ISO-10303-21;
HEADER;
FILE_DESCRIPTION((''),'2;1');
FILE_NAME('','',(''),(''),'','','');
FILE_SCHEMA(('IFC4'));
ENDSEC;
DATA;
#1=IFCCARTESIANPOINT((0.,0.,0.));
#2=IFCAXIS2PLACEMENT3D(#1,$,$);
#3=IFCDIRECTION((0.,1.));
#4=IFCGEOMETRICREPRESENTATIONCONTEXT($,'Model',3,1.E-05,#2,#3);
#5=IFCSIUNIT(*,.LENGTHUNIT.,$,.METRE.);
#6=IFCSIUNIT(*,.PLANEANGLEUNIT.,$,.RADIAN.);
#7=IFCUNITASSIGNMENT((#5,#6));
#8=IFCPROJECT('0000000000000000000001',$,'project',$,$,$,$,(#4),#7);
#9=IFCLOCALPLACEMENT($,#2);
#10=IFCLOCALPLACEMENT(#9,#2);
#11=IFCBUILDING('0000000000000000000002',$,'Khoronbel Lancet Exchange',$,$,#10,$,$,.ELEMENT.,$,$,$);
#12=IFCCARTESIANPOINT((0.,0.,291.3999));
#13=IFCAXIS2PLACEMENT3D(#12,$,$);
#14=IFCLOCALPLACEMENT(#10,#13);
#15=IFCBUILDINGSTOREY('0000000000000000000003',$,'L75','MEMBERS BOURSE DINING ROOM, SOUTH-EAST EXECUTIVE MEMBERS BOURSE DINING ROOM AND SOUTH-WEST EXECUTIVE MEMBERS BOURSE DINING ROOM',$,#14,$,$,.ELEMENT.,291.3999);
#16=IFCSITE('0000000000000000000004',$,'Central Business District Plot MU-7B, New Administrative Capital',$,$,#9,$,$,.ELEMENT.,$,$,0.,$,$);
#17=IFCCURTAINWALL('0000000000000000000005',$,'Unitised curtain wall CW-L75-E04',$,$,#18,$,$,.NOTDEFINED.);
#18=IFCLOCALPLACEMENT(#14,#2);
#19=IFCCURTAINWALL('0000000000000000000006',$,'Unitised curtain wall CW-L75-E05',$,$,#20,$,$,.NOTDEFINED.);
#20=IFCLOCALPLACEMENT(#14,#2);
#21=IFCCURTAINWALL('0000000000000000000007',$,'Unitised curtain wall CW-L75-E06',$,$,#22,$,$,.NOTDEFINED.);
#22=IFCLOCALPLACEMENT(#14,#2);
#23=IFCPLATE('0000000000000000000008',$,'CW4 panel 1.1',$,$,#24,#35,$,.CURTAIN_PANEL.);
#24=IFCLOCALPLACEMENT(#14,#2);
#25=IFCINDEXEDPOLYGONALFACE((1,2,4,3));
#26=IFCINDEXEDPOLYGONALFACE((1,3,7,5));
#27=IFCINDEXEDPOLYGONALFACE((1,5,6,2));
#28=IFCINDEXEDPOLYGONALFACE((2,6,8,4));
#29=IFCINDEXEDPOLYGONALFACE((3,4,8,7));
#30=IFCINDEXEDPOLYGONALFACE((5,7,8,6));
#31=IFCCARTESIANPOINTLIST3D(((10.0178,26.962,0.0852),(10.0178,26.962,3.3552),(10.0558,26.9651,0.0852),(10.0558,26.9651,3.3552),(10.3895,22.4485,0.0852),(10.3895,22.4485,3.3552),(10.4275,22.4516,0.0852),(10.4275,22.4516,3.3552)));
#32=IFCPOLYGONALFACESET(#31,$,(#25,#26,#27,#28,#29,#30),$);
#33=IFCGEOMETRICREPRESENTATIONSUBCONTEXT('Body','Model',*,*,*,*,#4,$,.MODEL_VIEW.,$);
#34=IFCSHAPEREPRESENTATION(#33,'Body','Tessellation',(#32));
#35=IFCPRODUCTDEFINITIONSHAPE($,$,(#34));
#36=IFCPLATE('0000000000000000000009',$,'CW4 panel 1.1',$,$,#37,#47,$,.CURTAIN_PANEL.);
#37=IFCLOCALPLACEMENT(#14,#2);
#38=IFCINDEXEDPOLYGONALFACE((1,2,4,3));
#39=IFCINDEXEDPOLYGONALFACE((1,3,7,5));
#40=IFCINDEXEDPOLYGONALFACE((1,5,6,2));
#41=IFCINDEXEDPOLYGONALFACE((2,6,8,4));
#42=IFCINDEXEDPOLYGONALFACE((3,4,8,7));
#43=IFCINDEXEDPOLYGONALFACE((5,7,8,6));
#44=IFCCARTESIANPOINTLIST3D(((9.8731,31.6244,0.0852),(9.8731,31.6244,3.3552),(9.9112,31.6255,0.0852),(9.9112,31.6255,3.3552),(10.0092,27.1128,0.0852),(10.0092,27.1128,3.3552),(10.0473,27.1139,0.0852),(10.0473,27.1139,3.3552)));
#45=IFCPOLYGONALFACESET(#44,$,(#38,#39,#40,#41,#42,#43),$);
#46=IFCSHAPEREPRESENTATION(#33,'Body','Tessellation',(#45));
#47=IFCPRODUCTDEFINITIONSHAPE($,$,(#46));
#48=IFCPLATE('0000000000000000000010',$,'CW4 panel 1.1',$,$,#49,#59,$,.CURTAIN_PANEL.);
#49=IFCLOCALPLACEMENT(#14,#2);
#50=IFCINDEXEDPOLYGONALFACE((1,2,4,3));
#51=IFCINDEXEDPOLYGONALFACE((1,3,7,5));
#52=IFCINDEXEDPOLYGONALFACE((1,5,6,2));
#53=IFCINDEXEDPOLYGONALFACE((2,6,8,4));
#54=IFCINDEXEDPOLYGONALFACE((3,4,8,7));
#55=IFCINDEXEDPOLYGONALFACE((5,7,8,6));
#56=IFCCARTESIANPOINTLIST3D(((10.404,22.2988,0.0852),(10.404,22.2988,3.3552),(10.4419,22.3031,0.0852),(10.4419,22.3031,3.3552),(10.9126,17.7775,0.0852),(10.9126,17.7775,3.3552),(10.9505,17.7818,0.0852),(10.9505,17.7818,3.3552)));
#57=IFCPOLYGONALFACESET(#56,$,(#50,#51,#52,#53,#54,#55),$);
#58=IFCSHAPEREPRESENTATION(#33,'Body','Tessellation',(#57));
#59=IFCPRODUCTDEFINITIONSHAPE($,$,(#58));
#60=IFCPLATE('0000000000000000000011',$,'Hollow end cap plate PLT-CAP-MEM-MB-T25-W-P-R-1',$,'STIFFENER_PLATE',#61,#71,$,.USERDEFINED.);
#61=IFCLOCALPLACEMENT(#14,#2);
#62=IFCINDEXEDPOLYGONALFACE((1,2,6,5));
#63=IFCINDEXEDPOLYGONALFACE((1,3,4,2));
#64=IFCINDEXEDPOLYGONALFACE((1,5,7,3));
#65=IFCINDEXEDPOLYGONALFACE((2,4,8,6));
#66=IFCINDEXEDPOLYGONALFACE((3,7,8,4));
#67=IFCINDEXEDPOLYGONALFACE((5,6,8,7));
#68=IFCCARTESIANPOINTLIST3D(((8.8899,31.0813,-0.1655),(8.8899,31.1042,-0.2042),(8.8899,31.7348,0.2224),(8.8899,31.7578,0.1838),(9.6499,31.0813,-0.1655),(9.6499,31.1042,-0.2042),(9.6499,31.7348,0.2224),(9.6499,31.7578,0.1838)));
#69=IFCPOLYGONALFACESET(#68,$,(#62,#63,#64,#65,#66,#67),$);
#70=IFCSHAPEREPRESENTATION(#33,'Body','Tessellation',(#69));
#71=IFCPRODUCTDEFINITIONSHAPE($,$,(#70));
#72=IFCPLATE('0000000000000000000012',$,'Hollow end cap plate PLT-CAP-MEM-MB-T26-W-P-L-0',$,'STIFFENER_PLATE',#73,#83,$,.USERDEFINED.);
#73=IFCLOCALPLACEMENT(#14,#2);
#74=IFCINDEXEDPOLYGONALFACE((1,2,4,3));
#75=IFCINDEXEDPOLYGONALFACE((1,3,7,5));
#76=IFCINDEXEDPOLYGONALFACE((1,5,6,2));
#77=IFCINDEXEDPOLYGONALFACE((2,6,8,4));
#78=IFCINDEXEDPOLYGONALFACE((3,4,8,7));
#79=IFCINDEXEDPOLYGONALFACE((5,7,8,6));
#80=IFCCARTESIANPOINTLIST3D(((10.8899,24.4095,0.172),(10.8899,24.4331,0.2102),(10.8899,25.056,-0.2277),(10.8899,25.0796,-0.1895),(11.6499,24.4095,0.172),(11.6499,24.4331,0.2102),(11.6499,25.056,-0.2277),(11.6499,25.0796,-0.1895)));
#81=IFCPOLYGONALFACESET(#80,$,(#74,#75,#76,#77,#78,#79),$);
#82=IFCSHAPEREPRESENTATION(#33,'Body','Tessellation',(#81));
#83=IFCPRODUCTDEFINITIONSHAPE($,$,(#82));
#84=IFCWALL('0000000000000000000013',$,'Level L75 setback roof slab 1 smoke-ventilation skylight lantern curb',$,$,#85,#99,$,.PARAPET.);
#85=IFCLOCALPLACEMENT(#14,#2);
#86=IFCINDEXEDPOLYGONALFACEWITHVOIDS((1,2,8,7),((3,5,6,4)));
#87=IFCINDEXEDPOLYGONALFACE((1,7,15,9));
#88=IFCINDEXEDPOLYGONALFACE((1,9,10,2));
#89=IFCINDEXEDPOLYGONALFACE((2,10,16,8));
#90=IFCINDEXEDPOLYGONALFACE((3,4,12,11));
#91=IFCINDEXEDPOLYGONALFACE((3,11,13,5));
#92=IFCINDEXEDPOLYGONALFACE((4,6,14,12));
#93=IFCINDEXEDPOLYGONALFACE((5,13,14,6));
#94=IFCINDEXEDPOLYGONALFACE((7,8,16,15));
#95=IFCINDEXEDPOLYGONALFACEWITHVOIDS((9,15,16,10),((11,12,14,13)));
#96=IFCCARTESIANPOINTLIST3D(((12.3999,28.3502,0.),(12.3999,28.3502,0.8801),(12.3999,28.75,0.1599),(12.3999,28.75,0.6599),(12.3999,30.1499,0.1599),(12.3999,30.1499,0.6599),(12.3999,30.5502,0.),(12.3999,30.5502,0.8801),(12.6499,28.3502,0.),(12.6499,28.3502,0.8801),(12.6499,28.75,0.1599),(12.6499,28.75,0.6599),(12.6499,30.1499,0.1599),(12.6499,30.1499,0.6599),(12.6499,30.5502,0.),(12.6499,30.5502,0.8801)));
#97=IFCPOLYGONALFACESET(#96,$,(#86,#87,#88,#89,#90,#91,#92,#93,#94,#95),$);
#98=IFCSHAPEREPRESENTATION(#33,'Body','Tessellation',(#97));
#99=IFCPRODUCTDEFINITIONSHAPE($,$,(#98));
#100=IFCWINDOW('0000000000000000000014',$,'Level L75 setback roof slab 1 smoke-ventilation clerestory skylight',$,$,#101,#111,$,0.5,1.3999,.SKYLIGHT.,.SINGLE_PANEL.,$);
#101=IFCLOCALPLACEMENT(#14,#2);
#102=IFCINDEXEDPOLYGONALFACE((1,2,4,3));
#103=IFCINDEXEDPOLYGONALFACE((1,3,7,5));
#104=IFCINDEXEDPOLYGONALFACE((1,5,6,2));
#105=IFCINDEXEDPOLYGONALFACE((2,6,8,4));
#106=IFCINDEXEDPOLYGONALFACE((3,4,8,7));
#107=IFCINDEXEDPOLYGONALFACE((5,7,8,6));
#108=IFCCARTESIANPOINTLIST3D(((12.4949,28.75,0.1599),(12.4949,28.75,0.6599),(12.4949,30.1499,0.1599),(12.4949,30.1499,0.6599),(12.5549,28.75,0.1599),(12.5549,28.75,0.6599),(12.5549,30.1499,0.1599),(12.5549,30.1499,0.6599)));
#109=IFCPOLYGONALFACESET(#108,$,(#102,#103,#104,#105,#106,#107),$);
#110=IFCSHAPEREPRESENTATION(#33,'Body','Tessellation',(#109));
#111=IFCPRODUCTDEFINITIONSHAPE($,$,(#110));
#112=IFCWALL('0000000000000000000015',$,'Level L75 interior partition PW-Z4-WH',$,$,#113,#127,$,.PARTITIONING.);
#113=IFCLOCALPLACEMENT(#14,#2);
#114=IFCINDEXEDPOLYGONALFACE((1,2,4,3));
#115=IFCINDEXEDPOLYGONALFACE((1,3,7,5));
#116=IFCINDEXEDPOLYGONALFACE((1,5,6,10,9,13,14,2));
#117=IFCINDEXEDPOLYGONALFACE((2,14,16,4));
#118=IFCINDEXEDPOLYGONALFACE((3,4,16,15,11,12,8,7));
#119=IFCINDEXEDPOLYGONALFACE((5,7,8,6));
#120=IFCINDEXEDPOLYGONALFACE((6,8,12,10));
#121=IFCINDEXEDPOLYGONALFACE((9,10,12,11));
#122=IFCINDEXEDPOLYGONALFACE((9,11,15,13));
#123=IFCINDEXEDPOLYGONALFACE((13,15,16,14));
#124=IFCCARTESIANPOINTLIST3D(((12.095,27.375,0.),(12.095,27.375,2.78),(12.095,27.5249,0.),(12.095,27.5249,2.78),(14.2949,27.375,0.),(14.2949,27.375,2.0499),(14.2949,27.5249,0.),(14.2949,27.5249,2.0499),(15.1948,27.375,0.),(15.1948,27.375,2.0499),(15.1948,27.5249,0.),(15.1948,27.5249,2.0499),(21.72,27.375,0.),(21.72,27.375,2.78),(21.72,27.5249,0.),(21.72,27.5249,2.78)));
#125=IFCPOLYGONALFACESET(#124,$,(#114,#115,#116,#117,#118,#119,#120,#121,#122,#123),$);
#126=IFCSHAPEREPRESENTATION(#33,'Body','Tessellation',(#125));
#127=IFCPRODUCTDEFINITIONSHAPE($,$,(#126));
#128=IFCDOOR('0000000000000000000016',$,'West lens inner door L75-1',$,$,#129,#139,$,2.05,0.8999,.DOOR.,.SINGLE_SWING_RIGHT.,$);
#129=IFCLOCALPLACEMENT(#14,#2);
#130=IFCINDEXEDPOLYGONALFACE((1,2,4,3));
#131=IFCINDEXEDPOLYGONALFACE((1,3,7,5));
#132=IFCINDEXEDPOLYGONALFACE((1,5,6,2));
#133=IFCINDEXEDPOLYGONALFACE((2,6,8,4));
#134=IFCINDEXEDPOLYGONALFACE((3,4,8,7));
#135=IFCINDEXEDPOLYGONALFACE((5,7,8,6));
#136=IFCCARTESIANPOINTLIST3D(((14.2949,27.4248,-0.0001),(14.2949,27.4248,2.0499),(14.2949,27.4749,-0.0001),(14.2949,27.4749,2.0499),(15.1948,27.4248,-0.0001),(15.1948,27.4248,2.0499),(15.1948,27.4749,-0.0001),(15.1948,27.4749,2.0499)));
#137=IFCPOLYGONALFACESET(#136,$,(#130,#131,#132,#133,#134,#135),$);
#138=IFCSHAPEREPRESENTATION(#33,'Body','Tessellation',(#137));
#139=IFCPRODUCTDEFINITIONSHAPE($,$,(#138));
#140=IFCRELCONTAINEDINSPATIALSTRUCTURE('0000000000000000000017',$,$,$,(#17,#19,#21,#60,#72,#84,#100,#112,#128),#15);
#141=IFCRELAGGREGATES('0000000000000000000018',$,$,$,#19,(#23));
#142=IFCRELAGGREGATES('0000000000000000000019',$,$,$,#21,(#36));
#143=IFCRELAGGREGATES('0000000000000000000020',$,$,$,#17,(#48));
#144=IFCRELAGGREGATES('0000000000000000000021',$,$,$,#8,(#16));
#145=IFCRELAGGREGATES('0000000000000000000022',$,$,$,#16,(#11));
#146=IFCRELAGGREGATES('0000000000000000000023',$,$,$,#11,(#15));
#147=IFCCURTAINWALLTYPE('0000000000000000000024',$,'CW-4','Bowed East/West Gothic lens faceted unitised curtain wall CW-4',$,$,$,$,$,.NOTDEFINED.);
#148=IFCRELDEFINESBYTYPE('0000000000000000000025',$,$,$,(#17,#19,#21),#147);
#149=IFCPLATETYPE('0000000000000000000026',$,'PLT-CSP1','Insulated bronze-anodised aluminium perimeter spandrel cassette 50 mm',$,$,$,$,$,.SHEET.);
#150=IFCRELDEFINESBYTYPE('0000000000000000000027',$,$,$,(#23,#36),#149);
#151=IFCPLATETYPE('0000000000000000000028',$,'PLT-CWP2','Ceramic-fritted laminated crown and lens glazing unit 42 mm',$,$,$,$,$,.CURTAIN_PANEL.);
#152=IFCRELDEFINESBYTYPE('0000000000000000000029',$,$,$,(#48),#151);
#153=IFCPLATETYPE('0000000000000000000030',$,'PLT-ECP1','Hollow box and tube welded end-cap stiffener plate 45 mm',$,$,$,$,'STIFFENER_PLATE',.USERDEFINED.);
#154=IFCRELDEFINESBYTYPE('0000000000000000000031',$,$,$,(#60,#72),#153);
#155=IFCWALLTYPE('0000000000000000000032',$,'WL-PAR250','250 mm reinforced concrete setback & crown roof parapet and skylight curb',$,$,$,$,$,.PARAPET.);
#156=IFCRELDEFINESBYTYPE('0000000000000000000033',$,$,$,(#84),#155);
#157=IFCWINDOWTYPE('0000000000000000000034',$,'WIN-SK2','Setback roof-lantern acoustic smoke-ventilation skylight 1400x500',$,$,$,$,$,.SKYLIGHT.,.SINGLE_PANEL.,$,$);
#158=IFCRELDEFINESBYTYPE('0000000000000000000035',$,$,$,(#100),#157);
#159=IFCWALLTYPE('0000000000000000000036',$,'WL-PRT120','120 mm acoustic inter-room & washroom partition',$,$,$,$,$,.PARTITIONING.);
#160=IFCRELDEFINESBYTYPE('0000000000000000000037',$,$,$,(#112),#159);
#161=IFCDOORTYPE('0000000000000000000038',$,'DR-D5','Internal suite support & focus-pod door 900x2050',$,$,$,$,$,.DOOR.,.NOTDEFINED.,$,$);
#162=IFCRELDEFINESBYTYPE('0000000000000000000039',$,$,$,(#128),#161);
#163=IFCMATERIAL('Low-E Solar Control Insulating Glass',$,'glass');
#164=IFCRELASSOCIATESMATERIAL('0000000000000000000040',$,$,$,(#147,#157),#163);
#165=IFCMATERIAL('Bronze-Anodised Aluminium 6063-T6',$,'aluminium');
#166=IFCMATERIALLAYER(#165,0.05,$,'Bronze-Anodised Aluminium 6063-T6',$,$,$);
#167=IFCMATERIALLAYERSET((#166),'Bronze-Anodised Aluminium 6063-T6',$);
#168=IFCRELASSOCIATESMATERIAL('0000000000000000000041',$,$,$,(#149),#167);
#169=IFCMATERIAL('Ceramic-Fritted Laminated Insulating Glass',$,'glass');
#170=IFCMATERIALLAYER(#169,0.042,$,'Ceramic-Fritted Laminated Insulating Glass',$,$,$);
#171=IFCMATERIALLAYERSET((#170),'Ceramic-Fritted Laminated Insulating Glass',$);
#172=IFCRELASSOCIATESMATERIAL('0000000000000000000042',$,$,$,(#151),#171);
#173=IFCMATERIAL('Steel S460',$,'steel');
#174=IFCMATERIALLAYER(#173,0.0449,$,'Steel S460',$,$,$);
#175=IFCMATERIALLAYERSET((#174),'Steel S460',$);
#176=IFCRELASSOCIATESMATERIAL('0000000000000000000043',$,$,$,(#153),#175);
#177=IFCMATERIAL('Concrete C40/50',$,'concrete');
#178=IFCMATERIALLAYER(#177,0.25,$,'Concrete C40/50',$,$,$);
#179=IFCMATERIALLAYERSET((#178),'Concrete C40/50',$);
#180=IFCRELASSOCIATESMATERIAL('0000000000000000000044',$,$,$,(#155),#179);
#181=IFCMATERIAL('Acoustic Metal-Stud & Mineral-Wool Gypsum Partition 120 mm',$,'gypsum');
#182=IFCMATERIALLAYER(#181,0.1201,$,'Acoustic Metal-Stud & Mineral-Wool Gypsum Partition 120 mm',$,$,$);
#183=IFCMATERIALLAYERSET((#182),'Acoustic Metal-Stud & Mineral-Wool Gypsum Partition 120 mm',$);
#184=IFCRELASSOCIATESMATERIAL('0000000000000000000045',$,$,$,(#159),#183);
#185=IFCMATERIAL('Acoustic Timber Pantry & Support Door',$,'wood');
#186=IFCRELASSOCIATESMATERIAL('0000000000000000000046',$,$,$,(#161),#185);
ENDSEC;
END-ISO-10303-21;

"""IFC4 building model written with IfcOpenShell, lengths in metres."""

from ifc_helpers import new_model, si_unit, direction, frame, frame_2d, origin, origin_2d, place, context, subcontext, project, spatial, polyline, rectangle, outline, extrude, material, layer, layer_set, type_object, element, fill, aggregate, save


model = new_model("IFC4")

# Units and contexts
model_context = context("Model", 3, precision=1e-05, world=origin(), true_north=direction((0.0, 1.0)))
body_context = subcontext(model_context, "Body", "Model", "MODEL_VIEW")
ifc_project = project(units=[si_unit("LENGTHUNIT", "METRE"), si_unit("PLANEANGLEUNIT", "RADIAN")], contexts=[model_context])

# Site, building, storey
site_placement = place(None, origin())
site = spatial("IfcSite", under=ifc_project, at=site_placement, Name="Central Business District Plot MU-7B, New Administrative Capital", CompositionType="ELEMENT", RefElevation=0.0)
building_placement = place(site_placement, origin())
building = spatial("IfcBuilding", under=site, at=building_placement, Name="Khoronbel Lancet Exchange", CompositionType="ELEMENT")
storey_placement = place(building_placement, frame((0.0, 0.0, 291.3999)))
storey = spatial("IfcBuildingStorey", under=building, at=storey_placement, Name="L75", Description="MEMBERS BOURSE DINING ROOM, SOUTH-EAST EXECUTIVE MEMBERS BOURSE DINING ROOM AND SOUTH-WEST EXECUTIVE MEMBERS BOURSE DINING ROOM", CompositionType="ELEMENT", Elevation=291.3999)

# Curtain walls
ifc_material_1 = material(Name="Low-E Solar Control Insulating Glass", Category="glass")
curtain_wall_type = type_object("IfcCurtainWallType", Name="CW-4", Description="Bowed East/West Gothic lens faceted unitised curtain wall CW-4", PredefinedType="NOTDEFINED", material=ifc_material_1)
curtain_wall_1_placement = place(storey_placement, origin())
curtain_wall_1 = element("IfcCurtainWall", 1, at=curtain_wall_1_placement, inside=storey, type_object=curtain_wall_type, Name="Unitised curtain wall CW-L75-E04", PredefinedType="NOTDEFINED")
ifc_material_2 = material(Name="Bronze-Anodised Aluminium 6063-T6", Category="aluminium")
curtain_wall_2_placement = place(storey_placement, origin())
curtain_wall_2 = element("IfcCurtainWall", 2, at=curtain_wall_2_placement, inside=storey, type_object=curtain_wall_type, Name="Unitised curtain wall CW-L75-E05", PredefinedType="NOTDEFINED")
curtain_wall_3_placement = place(storey_placement, origin())
curtain_wall_3 = element("IfcCurtainWall", 3, at=curtain_wall_3_placement, inside=storey, type_object=curtain_wall_type, Name="Unitised curtain wall CW-L75-E06", PredefinedType="NOTDEFINED")

# Shared definitions
ifc_material_3 = material(Name="Steel S460", Category="steel")

# Plates
ifc_layer_1 = layer(ifc_material_2, 0.05, Name="Bronze-Anodised Aluminium 6063-T6")
ifc_layer_set_1 = layer_set([ifc_layer_1], Name="Bronze-Anodised Aluminium 6063-T6")
plate_type_1 = type_object("IfcPlateType", Name="PLT-CSP1", Description="Insulated bronze-anodised aluminium perimeter spandrel cassette 50 mm", PredefinedType="SHEET", material=ifc_layer_set_1)
plate_1_placement = place(storey_placement, frame((10.2227, 24.7068, 0.0852), z_axis=(0.0, 0.0, 1.0), x_axis=(-0.082073, 0.996626, 0.0)))
plate_1 = element("IfcPlate", 4, at=plate_1_placement, type_object=plate_type_1, Name="CW4 panel 1.1", PredefinedType="CURTAIN_PANEL", context=body_context, shape_type="SweptSolid", body=[
    extrude(rectangle(XDim=4.5288, YDim=0.0381, at=origin_2d()), origin(), (0.0, 0.0, 1.0), 3.27),
])
aggregate(curtain_wall_2, [plate_1])
plate_2_placement = place(storey_placement, frame((9.9602, 29.3691, 0.0852), z_axis=(0.0, 0.0, 1.0), x_axis=(-0.030148, 0.999545, 0.0)))
plate_2 = element("IfcPlate", 5, at=plate_2_placement, type_object=plate_type_1, Name="CW4 panel 1.1", PredefinedType="CURTAIN_PANEL", context=body_context, shape_type="SweptSolid", body=[
    extrude(rectangle(XDim=4.5137, YDim=0.0381, at=origin_2d()), origin(), (0.0, 0.0, 1.0), 3.27),
])
aggregate(curtain_wall_3, [plate_2])
ifc_material_4 = material(Name="Ceramic-Fritted Laminated Insulating Glass", Category="glass")
ifc_layer_2 = layer(ifc_material_4, 0.042, Name="Ceramic-Fritted Laminated Insulating Glass")
ifc_layer_set_2 = layer_set([ifc_layer_2], Name="Ceramic-Fritted Laminated Insulating Glass")
plate_type_2 = type_object("IfcPlateType", Name="PLT-CWP2", Description="Ceramic-fritted laminated crown and lens glazing unit 42 mm", PredefinedType="CURTAIN_PANEL", material=ifc_layer_set_2)
plate_3_placement = place(storey_placement, frame((10.6772, 20.0403, 0.0852), z_axis=(0.0, 0.0, 1.0), x_axis=(-0.111791, 0.993732, 0.0)))
plate_3 = element("IfcPlate", 6, at=plate_3_placement, type_object=plate_type_2, Name="CW4 panel 1.1", PredefinedType="CURTAIN_PANEL", context=body_context, shape_type="SweptSolid", body=[
    extrude(rectangle(XDim=4.5498, YDim=0.0381, at=origin_2d()), origin(), (0.0, 0.0, 1.0), 3.27),
])
aggregate(curtain_wall_1, [plate_3])

# Plates
ifc_layer_3 = layer(ifc_material_3, 0.0449, Name="Steel S460")
ifc_layer_set_3 = layer_set([ifc_layer_3], Name="Steel S460")
plate_type_3 = type_object("IfcPlateType", Name="PLT-ECP1", Description="Hollow box and tube welded end-cap stiffener plate 45 mm", ElementType="STIFFENER_PLATE", PredefinedType="USERDEFINED", material=ifc_layer_set_3)
for number, where, z_axis, x_axis, name in (
    (7, (8.8899, 31.0813, -0.1655), (0.0, -0.510427, 0.859921), (1.0, 0.0, 0.0), "Hollow end cap plate PLT-CAP-MEM-MB-T25-W-P-R-1"),
    (8, (11.6499, 25.0796, -0.1895), (0.0, 0.525835, 0.850587), (-1.0, 0.0, 0.0), "Hollow end cap plate PLT-CAP-MEM-MB-T26-W-P-L-0"),
):
    element("IfcPlate", number, at=place(storey_placement, frame(where, z_axis=z_axis, x_axis=x_axis)), inside=storey, type_object=plate_type_3, Name=name, ObjectType="STIFFENER_PLATE", PredefinedType="USERDEFINED", context=body_context, shape_type="SweptSolid", body=[
        extrude(outline(polyline([(0.0, 0.0), (0.76, 0.0), (0.76, 0.76), (0.0, 0.76), (0.0, 0.0)])), origin(), (0.0, 0.0, -1.0), 0.0449),
    ])

# Wall, opening, window
ifc_material_5 = material(Name="Concrete C40/50", Category="concrete")
ifc_layer_4 = layer(ifc_material_5, 0.25, Name="Concrete C40/50")
ifc_layer_set_4 = layer_set([ifc_layer_4], Name="Concrete C40/50")
wall_type_1 = type_object("IfcWallType", Name="WL-PAR250", Description="250 mm reinforced concrete setback & crown roof parapet and skylight curb", PredefinedType="PARAPET", material=ifc_layer_set_4)
wall_1_placement = place(storey_placement, frame((12.5249, 28.3501, 0.0), z_axis=(0.0, 0.0, 1.0), x_axis=(0.0, 1.0, 0.0)))
wall_1 = element("IfcWall", 9, at=wall_1_placement, inside=storey, type_object=wall_type_1, Name="Level L75 setback roof slab 1 smoke-ventilation skylight lantern curb", PredefinedType="PARAPET", context=body_context, shape_type="SweptSolid", body=[
    extrude(rectangle(XDim=2.2, YDim=0.25, at=frame_2d((1.1001, 0.0))), origin(), (0.0, 0.0, 1.0), 0.8801),
])
opening_1_placement = place(wall_1_placement, frame((0.3999, 0.0, 0.1599)))
opening_1 = element("IfcOpeningElement", 10, at=opening_1_placement, cuts=wall_1, PredefinedType="OPENING", context=body_context, shape_type="SweptSolid", body=[
    extrude(rectangle(XDim=1.3999, YDim=0.5, at=frame_2d((0.7, 0.25))), frame((0.0, 0.135, 0.0), z_axis=(0.0, -1.0, 0.0), x_axis=(1.0, 0.0, 0.0)), (0.0, 0.0, 1.0), 0.27),
])
window_type = type_object("IfcWindowType", Name="WIN-SK2", Description="Setback roof-lantern acoustic smoke-ventilation skylight 1400x500", PartitioningType="SINGLE_PANEL", PredefinedType="SKYLIGHT", material=ifc_material_1)
window_placement = place(opening_1_placement, origin())
window = element("IfcWindow", 11, at=window_placement, inside=storey, type_object=window_type, Name="Level L75 setback roof slab 1 smoke-ventilation clerestory skylight", OverallHeight=0.5, OverallWidth=1.3999, PartitioningType="SINGLE_PANEL", PredefinedType="SKYLIGHT", context=body_context, shape_type="SweptSolid", body=[
    extrude(rectangle(XDim=1.3999, YDim=0.5, at=frame_2d((0.7, 0.25))), frame((0.0, 0.03, 0.0), z_axis=(0.0, -1.0, 0.0), x_axis=(1.0, 0.0, 0.0)), (0.0, 0.0, 1.0), 0.0601),
])
fill(opening_1, window)

# Wall, opening, door
ifc_material_6 = material(Name="Acoustic Metal-Stud & Mineral-Wool Gypsum Partition 120 mm", Category="gypsum")
ifc_layer_5 = layer(ifc_material_6, 0.1201, Name="Acoustic Metal-Stud & Mineral-Wool Gypsum Partition 120 mm")
ifc_layer_set_5 = layer_set([ifc_layer_5], Name="Acoustic Metal-Stud & Mineral-Wool Gypsum Partition 120 mm")
wall_type_2 = type_object("IfcWallType", Name="WL-PRT120", Description="120 mm acoustic inter-room & washroom partition", PredefinedType="PARTITIONING", material=ifc_layer_set_5)
wall_2_placement = place(storey_placement, frame((12.095, 27.45, 0.0), z_axis=(0.0, 0.0, 1.0), x_axis=(1.0, 0.0, 0.0)))
wall_2 = element("IfcWall", 12, at=wall_2_placement, inside=storey, type_object=wall_type_2, Name="Level L75 interior partition PW-Z4-WH", PredefinedType="PARTITIONING", context=body_context, shape_type="SweptSolid", body=[
    extrude(rectangle(XDim=9.625, YDim=0.1499, at=frame_2d((4.8125, 0.0))), origin(), (0.0, 0.0, 1.0), 2.78),
])
opening_2_placement = place(wall_2_placement, frame((2.2, 0.0, 0.0)))
opening_2 = element("IfcOpeningElement", 13, at=opening_2_placement, cuts=wall_2, PredefinedType="OPENING", context=body_context, shape_type="SweptSolid", body=[
    extrude(rectangle(XDim=0.8999, YDim=2.05, at=frame_2d((0.45, 1.0249))), frame((0.0, 0.085, 0.0), z_axis=(0.0, -1.0, 0.0), x_axis=(1.0, 0.0, 0.0)), (0.0, 0.0, 1.0), 0.1699),
])
ifc_material_7 = material(Name="Acoustic Timber Pantry & Support Door", Category="wood")
door_type = type_object("IfcDoorType", Name="DR-D5", Description="Internal suite support & focus-pod door 900x2050", OperationType="NOTDEFINED", PredefinedType="DOOR", material=ifc_material_7)
door_placement = place(opening_2_placement, origin())
door = element("IfcDoor", 14, at=door_placement, inside=storey, type_object=door_type, Name="West lens inner door L75-1", OperationType="SINGLE_SWING_RIGHT", OverallHeight=2.05, OverallWidth=0.8999, PredefinedType="DOOR", context=body_context, shape_type="SweptSolid", body=[
    extrude(rectangle(XDim=0.8999, YDim=2.05, at=frame_2d((0.45, 1.0249))), frame((0.0, 0.0249, 0.0), z_axis=(0.0, -1.0, 0.0), x_axis=(1.0, 0.0, 0.0)), (0.0, 0.0, 1.0), 0.05),
])
fill(opening_2, door)

save(model, "model.ifc")
